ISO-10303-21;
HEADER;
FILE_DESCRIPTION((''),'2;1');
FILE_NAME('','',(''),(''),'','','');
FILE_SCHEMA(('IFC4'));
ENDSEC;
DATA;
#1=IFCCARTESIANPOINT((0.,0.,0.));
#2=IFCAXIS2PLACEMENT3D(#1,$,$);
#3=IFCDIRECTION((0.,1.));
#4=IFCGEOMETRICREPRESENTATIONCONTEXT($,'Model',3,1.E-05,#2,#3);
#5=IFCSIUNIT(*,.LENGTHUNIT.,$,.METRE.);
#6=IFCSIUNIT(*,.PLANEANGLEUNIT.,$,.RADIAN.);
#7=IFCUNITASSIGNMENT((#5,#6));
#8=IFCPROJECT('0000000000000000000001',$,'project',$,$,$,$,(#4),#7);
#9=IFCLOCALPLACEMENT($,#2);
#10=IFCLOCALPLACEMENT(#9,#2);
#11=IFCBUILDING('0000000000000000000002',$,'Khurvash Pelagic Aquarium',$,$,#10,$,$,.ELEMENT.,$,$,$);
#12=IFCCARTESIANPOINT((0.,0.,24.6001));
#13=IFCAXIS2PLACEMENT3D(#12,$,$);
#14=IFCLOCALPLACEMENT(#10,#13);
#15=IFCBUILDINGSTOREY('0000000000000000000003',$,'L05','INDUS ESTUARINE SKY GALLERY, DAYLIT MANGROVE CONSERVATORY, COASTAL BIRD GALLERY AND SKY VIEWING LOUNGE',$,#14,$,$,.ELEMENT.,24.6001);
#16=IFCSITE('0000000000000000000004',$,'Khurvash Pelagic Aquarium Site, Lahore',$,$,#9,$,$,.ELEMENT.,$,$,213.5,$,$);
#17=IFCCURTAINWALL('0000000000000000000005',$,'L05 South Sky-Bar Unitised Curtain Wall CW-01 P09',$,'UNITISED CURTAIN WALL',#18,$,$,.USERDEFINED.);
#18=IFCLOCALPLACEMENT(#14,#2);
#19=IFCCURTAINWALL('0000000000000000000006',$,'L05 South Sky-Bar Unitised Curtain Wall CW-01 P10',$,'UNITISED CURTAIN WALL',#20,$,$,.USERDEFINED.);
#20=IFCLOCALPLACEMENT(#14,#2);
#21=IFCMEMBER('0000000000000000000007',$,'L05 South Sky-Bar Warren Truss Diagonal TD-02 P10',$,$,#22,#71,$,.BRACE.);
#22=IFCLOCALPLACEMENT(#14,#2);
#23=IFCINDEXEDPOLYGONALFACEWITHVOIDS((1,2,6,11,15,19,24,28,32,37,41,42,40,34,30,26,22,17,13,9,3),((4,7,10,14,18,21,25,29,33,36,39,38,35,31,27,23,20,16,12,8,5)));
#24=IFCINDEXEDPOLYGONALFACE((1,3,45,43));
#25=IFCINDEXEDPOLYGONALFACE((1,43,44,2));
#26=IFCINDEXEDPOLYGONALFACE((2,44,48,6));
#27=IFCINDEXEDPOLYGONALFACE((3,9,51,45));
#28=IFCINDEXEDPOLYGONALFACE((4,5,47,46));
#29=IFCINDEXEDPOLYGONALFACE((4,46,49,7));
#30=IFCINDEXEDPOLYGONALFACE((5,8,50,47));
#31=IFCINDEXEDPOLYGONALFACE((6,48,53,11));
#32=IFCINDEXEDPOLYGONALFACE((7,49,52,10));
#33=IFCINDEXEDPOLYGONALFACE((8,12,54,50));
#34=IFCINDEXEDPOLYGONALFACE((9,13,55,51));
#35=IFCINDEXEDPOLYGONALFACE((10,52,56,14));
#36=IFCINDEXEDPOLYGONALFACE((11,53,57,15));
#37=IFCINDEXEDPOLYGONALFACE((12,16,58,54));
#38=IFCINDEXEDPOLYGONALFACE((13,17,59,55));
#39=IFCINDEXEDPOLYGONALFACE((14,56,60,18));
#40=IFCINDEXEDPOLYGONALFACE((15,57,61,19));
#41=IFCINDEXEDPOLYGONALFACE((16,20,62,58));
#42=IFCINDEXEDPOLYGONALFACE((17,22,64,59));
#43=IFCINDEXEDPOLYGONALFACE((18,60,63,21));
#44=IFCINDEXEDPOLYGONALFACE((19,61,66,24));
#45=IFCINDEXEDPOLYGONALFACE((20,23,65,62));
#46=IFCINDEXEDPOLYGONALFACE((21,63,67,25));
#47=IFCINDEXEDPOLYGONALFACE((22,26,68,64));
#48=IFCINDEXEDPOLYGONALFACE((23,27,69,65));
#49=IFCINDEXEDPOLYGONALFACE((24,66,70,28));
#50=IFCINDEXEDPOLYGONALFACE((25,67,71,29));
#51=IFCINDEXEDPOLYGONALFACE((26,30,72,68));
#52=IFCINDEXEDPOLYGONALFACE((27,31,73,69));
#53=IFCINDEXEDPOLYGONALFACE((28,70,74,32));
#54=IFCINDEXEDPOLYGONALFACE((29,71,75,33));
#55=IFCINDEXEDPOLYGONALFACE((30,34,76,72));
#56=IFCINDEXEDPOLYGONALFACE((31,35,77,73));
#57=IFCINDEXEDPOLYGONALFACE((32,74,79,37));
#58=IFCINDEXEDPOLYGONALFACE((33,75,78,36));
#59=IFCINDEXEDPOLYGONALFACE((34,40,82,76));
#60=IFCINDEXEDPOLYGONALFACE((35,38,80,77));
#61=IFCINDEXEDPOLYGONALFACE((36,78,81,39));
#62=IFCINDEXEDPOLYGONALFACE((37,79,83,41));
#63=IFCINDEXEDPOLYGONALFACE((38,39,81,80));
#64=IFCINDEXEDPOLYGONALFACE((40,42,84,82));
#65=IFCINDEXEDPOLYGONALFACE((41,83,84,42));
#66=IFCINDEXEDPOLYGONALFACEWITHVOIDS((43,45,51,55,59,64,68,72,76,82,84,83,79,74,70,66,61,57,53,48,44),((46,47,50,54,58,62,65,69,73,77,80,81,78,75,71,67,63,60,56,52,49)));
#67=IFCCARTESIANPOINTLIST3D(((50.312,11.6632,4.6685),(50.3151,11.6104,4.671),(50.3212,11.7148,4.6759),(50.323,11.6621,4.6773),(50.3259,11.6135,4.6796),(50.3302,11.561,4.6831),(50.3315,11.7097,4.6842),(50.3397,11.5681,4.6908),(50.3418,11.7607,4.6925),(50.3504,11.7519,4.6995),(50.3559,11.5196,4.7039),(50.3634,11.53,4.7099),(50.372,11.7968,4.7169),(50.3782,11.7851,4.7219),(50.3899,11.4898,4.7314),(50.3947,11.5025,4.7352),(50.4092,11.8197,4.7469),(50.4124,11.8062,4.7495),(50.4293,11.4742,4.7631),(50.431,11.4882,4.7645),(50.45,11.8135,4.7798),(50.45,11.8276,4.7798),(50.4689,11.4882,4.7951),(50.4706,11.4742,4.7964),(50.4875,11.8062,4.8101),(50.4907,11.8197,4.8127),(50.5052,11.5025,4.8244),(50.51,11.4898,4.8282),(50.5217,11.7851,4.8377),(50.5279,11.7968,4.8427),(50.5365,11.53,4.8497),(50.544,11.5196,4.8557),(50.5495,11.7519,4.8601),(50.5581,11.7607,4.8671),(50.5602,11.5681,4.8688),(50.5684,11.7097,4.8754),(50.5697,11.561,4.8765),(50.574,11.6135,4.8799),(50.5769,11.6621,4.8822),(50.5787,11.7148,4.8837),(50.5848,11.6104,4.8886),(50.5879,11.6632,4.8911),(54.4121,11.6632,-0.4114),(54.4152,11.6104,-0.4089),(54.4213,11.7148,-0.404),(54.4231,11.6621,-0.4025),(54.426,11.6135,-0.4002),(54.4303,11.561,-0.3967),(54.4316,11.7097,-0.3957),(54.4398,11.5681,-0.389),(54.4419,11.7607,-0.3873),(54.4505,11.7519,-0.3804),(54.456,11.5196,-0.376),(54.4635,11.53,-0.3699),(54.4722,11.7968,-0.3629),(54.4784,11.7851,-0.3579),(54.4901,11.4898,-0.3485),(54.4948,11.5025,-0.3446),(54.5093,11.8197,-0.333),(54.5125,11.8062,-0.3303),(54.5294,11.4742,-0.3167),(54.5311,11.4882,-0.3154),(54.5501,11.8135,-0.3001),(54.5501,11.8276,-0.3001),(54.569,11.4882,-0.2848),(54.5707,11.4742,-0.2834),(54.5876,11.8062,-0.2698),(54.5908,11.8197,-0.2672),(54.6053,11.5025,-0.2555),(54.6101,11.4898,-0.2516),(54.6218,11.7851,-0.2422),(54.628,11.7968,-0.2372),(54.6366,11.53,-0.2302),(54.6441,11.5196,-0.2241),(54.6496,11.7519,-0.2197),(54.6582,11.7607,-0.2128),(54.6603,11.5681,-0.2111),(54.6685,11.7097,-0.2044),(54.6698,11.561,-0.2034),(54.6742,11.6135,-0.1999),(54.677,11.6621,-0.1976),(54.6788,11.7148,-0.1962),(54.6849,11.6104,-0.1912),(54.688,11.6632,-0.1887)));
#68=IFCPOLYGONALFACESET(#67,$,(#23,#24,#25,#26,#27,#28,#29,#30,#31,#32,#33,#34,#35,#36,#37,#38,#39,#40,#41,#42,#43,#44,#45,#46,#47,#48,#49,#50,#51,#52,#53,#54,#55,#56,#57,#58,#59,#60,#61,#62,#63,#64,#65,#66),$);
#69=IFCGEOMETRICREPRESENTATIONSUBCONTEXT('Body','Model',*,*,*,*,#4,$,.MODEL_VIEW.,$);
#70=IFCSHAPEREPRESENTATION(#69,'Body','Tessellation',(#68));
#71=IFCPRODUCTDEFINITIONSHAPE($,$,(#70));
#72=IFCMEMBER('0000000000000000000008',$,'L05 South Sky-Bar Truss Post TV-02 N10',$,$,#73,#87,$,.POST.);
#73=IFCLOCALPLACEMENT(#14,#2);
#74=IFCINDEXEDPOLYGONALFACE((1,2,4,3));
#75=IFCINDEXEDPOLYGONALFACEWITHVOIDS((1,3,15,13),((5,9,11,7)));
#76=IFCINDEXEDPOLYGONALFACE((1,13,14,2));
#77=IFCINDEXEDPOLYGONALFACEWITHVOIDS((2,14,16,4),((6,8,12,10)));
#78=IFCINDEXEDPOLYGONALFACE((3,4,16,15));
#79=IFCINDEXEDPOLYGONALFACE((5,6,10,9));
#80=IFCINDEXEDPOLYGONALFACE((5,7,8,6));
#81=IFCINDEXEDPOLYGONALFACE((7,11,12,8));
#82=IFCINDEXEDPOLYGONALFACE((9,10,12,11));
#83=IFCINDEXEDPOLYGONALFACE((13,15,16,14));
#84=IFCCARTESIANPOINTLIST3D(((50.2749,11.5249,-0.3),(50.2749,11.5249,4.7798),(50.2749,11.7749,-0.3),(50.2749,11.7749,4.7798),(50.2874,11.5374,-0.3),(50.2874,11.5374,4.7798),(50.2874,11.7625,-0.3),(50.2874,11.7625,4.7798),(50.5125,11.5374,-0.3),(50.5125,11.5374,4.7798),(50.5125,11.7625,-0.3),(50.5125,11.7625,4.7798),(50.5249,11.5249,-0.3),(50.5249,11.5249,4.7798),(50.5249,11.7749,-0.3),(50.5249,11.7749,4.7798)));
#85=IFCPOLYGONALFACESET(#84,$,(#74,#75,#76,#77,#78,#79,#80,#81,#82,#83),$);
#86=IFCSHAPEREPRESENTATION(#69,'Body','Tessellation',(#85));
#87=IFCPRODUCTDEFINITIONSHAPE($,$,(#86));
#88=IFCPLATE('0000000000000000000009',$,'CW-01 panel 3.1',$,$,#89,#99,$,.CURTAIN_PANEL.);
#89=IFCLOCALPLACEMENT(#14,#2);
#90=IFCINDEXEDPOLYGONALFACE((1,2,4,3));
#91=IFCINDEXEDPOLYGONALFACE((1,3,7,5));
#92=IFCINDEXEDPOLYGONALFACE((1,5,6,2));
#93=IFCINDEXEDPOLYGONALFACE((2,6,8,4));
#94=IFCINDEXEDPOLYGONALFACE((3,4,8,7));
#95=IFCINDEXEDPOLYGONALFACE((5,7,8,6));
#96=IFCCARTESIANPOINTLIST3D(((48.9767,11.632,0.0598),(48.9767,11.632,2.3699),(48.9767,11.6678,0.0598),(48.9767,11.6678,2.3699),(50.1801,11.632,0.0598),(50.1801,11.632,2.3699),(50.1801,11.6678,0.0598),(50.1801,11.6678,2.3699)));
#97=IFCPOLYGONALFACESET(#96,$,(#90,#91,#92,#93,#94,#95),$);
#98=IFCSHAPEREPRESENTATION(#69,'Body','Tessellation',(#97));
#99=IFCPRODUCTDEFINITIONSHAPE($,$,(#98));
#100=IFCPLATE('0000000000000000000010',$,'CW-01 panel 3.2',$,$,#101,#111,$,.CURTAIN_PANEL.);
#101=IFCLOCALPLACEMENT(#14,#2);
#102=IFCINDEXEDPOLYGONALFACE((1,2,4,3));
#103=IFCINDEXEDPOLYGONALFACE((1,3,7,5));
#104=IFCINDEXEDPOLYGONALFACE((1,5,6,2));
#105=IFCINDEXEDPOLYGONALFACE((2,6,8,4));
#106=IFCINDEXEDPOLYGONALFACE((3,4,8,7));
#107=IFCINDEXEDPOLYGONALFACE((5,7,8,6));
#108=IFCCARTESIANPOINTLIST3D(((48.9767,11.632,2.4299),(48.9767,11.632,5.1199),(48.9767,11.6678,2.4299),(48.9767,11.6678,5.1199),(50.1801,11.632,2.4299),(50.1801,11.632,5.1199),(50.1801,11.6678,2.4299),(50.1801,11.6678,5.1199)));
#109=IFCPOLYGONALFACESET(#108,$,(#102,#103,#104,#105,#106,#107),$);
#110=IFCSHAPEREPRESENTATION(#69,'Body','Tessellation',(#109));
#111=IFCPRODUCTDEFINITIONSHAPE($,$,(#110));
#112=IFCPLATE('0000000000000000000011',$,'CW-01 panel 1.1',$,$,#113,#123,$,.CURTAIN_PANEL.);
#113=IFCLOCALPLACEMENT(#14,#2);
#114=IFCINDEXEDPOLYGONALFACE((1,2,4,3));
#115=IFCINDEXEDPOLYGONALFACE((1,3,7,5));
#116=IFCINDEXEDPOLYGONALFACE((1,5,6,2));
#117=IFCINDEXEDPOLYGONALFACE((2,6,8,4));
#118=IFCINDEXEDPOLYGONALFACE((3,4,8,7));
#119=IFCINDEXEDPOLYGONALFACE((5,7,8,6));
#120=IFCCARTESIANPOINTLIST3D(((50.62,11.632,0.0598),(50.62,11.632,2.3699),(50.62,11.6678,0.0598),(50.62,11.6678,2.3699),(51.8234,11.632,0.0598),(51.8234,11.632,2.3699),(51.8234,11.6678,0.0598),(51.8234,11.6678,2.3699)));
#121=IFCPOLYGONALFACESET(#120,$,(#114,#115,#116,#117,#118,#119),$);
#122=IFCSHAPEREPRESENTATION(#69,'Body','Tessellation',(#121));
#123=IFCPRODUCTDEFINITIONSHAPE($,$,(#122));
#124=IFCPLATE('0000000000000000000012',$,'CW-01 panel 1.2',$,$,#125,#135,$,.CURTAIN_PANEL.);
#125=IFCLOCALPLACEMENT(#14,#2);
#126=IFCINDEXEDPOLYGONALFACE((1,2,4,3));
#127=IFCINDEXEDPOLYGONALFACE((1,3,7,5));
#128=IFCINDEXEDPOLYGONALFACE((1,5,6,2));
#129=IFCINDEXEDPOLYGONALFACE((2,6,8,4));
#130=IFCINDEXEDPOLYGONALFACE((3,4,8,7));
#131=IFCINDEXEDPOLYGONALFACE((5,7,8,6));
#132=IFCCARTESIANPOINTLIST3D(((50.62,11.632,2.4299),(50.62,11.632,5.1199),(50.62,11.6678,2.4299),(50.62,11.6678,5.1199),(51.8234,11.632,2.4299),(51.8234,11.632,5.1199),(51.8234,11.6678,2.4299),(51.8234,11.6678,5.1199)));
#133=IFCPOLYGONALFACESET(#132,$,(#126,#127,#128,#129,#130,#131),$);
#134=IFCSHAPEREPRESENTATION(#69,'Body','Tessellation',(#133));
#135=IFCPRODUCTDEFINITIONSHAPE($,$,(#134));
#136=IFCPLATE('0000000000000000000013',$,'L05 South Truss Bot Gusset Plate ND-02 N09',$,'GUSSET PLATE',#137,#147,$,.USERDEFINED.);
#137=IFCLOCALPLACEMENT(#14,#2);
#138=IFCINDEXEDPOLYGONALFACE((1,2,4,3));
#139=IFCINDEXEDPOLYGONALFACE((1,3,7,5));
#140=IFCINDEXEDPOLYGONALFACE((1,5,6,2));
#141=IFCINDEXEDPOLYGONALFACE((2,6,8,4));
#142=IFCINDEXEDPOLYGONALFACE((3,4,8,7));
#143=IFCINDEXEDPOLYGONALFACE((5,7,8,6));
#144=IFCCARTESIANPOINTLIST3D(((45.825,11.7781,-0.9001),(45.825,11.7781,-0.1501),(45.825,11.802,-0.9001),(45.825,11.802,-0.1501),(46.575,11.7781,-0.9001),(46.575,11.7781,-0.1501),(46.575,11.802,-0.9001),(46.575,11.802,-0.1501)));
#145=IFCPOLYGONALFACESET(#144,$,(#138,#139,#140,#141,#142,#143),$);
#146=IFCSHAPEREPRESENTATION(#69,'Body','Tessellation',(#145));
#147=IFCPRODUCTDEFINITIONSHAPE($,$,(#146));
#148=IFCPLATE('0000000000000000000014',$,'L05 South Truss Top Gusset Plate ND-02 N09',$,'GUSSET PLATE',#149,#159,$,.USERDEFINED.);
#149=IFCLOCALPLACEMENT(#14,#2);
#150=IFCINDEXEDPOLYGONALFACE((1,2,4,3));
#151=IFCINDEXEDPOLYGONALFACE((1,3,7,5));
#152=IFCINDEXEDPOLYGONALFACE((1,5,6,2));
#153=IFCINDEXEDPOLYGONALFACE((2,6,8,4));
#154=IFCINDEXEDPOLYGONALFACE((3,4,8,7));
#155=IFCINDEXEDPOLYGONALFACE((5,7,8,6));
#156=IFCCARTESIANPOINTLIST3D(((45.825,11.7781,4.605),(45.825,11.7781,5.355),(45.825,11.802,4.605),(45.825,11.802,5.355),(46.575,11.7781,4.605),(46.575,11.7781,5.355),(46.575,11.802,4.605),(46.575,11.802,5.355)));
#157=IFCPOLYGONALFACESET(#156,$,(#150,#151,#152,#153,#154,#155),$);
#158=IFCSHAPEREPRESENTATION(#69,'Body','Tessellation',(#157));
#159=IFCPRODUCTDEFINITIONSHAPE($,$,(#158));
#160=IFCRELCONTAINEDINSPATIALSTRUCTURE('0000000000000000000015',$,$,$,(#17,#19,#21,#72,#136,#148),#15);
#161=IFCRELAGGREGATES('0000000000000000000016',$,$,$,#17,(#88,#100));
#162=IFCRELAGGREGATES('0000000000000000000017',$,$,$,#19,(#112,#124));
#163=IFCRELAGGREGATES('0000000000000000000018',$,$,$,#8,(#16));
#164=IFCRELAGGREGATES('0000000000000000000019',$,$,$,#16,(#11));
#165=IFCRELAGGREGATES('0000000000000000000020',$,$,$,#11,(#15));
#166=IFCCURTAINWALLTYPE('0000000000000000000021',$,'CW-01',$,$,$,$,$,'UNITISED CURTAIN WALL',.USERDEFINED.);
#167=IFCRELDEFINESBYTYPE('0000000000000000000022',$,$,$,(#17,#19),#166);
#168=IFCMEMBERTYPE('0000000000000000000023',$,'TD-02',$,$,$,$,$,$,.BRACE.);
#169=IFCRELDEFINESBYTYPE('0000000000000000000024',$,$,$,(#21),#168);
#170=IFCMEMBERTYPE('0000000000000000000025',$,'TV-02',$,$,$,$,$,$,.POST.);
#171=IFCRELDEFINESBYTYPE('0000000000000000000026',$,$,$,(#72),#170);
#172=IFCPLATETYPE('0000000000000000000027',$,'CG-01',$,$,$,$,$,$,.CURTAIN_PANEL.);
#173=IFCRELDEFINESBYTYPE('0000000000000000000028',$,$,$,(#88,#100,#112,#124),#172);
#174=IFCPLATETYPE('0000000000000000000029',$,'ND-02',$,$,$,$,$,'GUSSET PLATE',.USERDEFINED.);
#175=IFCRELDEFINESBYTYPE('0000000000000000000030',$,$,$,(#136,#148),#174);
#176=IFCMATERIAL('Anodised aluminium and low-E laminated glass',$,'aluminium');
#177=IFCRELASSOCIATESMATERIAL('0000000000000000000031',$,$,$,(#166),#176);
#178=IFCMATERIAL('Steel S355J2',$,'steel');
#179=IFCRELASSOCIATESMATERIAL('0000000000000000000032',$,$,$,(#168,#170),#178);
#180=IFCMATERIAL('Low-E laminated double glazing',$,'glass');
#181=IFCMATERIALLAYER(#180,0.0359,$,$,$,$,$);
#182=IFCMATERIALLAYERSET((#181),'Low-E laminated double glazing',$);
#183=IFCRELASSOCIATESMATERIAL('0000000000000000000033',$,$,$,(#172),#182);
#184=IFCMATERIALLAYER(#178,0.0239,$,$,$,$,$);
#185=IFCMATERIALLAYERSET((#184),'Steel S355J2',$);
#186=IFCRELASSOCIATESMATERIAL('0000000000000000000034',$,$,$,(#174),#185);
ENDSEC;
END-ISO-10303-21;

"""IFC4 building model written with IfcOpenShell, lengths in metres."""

from ifc_helpers import new_model, si_unit, direction, frame, origin, origin_2d, place, context, subcontext, project, spatial, rectangle, hollow_rectangle, hollow_circle, extrude, material, layer, layer_set, material_profile, profile_set, type_object, element, aggregate, save


model = new_model("IFC4")

# Units and contexts
model_context = context("Model", 3, precision=1e-05, world=origin(), true_north=direction((0.0, 1.0)))
body_context = subcontext(model_context, "Body", "Model", "MODEL_VIEW")
ifc_project = project(units=[si_unit("LENGTHUNIT", "METRE"), si_unit("PLANEANGLEUNIT", "RADIAN")], contexts=[model_context])

# Site, building, storey
site_placement = place(None, origin())
site = spatial("IfcSite", under=ifc_project, at=site_placement, Name="Khurvash Pelagic Aquarium Site, Lahore", CompositionType="ELEMENT", RefElevation=213.5)
building_placement = place(site_placement, origin())
building = spatial("IfcBuilding", under=site, at=building_placement, Name="Khurvash Pelagic Aquarium", CompositionType="ELEMENT")
storey_placement = place(building_placement, frame((0.0, 0.0, 24.6001)))
storey = spatial("IfcBuildingStorey", under=building, at=storey_placement, Name="L05", Description="INDUS ESTUARINE SKY GALLERY, DAYLIT MANGROVE CONSERVATORY, COASTAL BIRD GALLERY AND SKY VIEWING LOUNGE", CompositionType="ELEMENT", Elevation=24.6001)

# Curtain wall
ifc_material_1 = material(Name="Anodised aluminium and low-E laminated glass", Category="aluminium")
curtain_wall_type = type_object("IfcCurtainWallType", Name="CW-01", ElementType="UNITISED CURTAIN WALL", PredefinedType="USERDEFINED", material=ifc_material_1)
curtain_wall_1_placement = place(storey_placement, origin())
curtain_wall_1 = element("IfcCurtainWall", 1, at=curtain_wall_1_placement, inside=storey, type_object=curtain_wall_type, Name="L05 South Sky-Bar Unitised Curtain Wall CW-01 P09", ObjectType="UNITISED CURTAIN WALL", PredefinedType="USERDEFINED")

# Curtain wall
curtain_wall_2_placement = place(storey_placement, origin())
curtain_wall_2 = element("IfcCurtainWall", 2, at=curtain_wall_2_placement, inside=storey, type_object=curtain_wall_type, Name="L05 South Sky-Bar Unitised Curtain Wall CW-01 P10", ObjectType="UNITISED CURTAIN WALL", PredefinedType="USERDEFINED")

# Members
ifc_material_2 = material(Name="Steel S355J2", Category="steel")
ifc_material_profile_1 = material_profile(ifc_material_2, hollow_circle(Radius=0.1777, WallThickness=0.0142, at=origin_2d()), Name="CHS355X14")
ifc_profile_set_1 = profile_set([ifc_material_profile_1], Name="Steel S355J2")
member_type_1 = type_object("IfcMemberType", Name="TD-02", PredefinedType="BRACE", material=ifc_profile_set_1)
member_1_placement = place(storey_placement, frame((50.45, 11.6499, 4.7798), z_axis=(0.628073, 0.0, -0.778154), x_axis=(0.0, 1.0, 0.0)))
element("IfcMember", 3, at=member_1_placement, inside=storey, type_object=member_type_1, Name="L05 South Sky-Bar Warren Truss Diagonal TD-02 P10", PredefinedType="BRACE", context=body_context, shape_type="SweptSolid", body=[
    extrude(hollow_circle(Radius=0.1777, WallThickness=0.0142, at=origin_2d()), origin(), (0.0, 0.0, 1.0), 6.5281),
])
ifc_material_profile_2 = material_profile(ifc_material_2, hollow_rectangle(XDim=0.25, YDim=0.25, WallThickness=0.0125, at=origin_2d()), Name="SHS250X250X12")
ifc_profile_set_2 = profile_set([ifc_material_profile_2], Name="Steel S355J2")
member_type_2 = type_object("IfcMemberType", Name="TV-02", PredefinedType="POST", material=ifc_profile_set_2)
member_2_placement = place(storey_placement, frame((50.3999, 11.6499, -0.3), z_axis=(0.0, 0.0, 1.0), x_axis=(1.0, 0.0, 0.0)))
element("IfcMember", 4, at=member_2_placement, inside=storey, type_object=member_type_2, Name="L05 South Sky-Bar Truss Post TV-02 N10", PredefinedType="POST", context=body_context, shape_type="SweptSolid", body=[
    extrude(hollow_rectangle(XDim=0.25, YDim=0.25, WallThickness=0.0125, at=origin_2d()), origin(), (0.0, 0.0, 1.0), 5.0798),
])

# Plates
ifc_material_3 = material(Name="Low-E laminated double glazing", Category="glass")
ifc_layer_1 = layer(ifc_material_3, 0.0359)
ifc_layer_set_1 = layer_set([ifc_layer_1], Name="Low-E laminated double glazing")
plate_type_1 = type_object("IfcPlateType", Name="CG-01", PredefinedType="CURTAIN_PANEL", material=ifc_layer_set_1)
plate_1_placement = place(storey_placement, frame((49.5784, 11.6499, 0.0598), z_axis=(0.0, 0.0, 1.0), x_axis=(1.0, 0.0, 0.0)))
plate_1 = element("IfcPlate", 5, at=plate_1_placement, type_object=plate_type_1, Name="CW-01 panel 3.1", PredefinedType="CURTAIN_PANEL", context=body_context, shape_type="SweptSolid", body=[
    extrude(rectangle(XDim=1.2034, YDim=0.0359, at=origin_2d()), origin(), (0.0, 0.0, 1.0), 2.3101),
])
plate_2_placement = place(storey_placement, frame((49.5784, 11.6499, 2.4299), z_axis=(0.0, 0.0, 1.0), x_axis=(1.0, 0.0, 0.0)))
plate_2 = element("IfcPlate", 6, at=plate_2_placement, type_object=plate_type_1, Name="CW-01 panel 3.2", PredefinedType="CURTAIN_PANEL", context=body_context, shape_type="SweptSolid", body=[
    extrude(rectangle(XDim=1.2034, YDim=0.0359, at=origin_2d()), origin(), (0.0, 0.0, 1.0), 2.6899),
])
aggregate(curtain_wall_1, [plate_1, plate_2])
plate_3_placement = place(storey_placement, frame((51.2217, 11.6499, 0.0598), z_axis=(0.0, 0.0, 1.0), x_axis=(1.0, 0.0, 0.0)))
plate_3 = element("IfcPlate", 7, at=plate_3_placement, type_object=plate_type_1, Name="CW-01 panel 1.1", PredefinedType="CURTAIN_PANEL", context=body_context, shape_type="SweptSolid", body=[
    extrude(rectangle(XDim=1.2034, YDim=0.0359, at=origin_2d()), origin(), (0.0, 0.0, 1.0), 2.3101),
])
plate_4_placement = place(storey_placement, frame((51.2217, 11.6499, 2.4299), z_axis=(0.0, 0.0, 1.0), x_axis=(1.0, 0.0, 0.0)))
plate_4 = element("IfcPlate", 8, at=plate_4_placement, type_object=plate_type_1, Name="CW-01 panel 1.2", PredefinedType="CURTAIN_PANEL", context=body_context, shape_type="SweptSolid", body=[
    extrude(rectangle(XDim=1.2034, YDim=0.0359, at=origin_2d()), origin(), (0.0, 0.0, 1.0), 2.6899),
])
aggregate(curtain_wall_2, [plate_3, plate_4])

# Plates
ifc_layer_2 = layer(ifc_material_2, 0.0239)
ifc_layer_set_2 = layer_set([ifc_layer_2], Name="Steel S355J2")
plate_type_2 = type_object("IfcPlateType", Name="ND-02", ElementType="GUSSET PLATE", PredefinedType="USERDEFINED", material=ifc_layer_set_2)
for number, where, z_axis, x_axis, name in (
    (9, (46.2, 11.79, -0.9001), (0.0, 0.0, 1.0), (1.0, 0.0, 0.0), "L05 South Truss Bot Gusset Plate ND-02 N09"),
    (10, (46.2, 11.79, 4.605), (0.0, 0.0, 1.0), (1.0, 0.0, 0.0), "L05 South Truss Top Gusset Plate ND-02 N09"),
):
    element("IfcPlate", number, at=place(storey_placement, frame(where, z_axis=z_axis, x_axis=x_axis)), inside=storey, type_object=plate_type_2, Name=name, ObjectType="GUSSET PLATE", PredefinedType="USERDEFINED", context=body_context, shape_type="SweptSolid", body=[
        extrude(rectangle(XDim=0.75, YDim=0.0239, at=origin_2d()), origin(), (0.0, 0.0, 1.0), 0.75),
    ])

save(model, "model.ifc")
